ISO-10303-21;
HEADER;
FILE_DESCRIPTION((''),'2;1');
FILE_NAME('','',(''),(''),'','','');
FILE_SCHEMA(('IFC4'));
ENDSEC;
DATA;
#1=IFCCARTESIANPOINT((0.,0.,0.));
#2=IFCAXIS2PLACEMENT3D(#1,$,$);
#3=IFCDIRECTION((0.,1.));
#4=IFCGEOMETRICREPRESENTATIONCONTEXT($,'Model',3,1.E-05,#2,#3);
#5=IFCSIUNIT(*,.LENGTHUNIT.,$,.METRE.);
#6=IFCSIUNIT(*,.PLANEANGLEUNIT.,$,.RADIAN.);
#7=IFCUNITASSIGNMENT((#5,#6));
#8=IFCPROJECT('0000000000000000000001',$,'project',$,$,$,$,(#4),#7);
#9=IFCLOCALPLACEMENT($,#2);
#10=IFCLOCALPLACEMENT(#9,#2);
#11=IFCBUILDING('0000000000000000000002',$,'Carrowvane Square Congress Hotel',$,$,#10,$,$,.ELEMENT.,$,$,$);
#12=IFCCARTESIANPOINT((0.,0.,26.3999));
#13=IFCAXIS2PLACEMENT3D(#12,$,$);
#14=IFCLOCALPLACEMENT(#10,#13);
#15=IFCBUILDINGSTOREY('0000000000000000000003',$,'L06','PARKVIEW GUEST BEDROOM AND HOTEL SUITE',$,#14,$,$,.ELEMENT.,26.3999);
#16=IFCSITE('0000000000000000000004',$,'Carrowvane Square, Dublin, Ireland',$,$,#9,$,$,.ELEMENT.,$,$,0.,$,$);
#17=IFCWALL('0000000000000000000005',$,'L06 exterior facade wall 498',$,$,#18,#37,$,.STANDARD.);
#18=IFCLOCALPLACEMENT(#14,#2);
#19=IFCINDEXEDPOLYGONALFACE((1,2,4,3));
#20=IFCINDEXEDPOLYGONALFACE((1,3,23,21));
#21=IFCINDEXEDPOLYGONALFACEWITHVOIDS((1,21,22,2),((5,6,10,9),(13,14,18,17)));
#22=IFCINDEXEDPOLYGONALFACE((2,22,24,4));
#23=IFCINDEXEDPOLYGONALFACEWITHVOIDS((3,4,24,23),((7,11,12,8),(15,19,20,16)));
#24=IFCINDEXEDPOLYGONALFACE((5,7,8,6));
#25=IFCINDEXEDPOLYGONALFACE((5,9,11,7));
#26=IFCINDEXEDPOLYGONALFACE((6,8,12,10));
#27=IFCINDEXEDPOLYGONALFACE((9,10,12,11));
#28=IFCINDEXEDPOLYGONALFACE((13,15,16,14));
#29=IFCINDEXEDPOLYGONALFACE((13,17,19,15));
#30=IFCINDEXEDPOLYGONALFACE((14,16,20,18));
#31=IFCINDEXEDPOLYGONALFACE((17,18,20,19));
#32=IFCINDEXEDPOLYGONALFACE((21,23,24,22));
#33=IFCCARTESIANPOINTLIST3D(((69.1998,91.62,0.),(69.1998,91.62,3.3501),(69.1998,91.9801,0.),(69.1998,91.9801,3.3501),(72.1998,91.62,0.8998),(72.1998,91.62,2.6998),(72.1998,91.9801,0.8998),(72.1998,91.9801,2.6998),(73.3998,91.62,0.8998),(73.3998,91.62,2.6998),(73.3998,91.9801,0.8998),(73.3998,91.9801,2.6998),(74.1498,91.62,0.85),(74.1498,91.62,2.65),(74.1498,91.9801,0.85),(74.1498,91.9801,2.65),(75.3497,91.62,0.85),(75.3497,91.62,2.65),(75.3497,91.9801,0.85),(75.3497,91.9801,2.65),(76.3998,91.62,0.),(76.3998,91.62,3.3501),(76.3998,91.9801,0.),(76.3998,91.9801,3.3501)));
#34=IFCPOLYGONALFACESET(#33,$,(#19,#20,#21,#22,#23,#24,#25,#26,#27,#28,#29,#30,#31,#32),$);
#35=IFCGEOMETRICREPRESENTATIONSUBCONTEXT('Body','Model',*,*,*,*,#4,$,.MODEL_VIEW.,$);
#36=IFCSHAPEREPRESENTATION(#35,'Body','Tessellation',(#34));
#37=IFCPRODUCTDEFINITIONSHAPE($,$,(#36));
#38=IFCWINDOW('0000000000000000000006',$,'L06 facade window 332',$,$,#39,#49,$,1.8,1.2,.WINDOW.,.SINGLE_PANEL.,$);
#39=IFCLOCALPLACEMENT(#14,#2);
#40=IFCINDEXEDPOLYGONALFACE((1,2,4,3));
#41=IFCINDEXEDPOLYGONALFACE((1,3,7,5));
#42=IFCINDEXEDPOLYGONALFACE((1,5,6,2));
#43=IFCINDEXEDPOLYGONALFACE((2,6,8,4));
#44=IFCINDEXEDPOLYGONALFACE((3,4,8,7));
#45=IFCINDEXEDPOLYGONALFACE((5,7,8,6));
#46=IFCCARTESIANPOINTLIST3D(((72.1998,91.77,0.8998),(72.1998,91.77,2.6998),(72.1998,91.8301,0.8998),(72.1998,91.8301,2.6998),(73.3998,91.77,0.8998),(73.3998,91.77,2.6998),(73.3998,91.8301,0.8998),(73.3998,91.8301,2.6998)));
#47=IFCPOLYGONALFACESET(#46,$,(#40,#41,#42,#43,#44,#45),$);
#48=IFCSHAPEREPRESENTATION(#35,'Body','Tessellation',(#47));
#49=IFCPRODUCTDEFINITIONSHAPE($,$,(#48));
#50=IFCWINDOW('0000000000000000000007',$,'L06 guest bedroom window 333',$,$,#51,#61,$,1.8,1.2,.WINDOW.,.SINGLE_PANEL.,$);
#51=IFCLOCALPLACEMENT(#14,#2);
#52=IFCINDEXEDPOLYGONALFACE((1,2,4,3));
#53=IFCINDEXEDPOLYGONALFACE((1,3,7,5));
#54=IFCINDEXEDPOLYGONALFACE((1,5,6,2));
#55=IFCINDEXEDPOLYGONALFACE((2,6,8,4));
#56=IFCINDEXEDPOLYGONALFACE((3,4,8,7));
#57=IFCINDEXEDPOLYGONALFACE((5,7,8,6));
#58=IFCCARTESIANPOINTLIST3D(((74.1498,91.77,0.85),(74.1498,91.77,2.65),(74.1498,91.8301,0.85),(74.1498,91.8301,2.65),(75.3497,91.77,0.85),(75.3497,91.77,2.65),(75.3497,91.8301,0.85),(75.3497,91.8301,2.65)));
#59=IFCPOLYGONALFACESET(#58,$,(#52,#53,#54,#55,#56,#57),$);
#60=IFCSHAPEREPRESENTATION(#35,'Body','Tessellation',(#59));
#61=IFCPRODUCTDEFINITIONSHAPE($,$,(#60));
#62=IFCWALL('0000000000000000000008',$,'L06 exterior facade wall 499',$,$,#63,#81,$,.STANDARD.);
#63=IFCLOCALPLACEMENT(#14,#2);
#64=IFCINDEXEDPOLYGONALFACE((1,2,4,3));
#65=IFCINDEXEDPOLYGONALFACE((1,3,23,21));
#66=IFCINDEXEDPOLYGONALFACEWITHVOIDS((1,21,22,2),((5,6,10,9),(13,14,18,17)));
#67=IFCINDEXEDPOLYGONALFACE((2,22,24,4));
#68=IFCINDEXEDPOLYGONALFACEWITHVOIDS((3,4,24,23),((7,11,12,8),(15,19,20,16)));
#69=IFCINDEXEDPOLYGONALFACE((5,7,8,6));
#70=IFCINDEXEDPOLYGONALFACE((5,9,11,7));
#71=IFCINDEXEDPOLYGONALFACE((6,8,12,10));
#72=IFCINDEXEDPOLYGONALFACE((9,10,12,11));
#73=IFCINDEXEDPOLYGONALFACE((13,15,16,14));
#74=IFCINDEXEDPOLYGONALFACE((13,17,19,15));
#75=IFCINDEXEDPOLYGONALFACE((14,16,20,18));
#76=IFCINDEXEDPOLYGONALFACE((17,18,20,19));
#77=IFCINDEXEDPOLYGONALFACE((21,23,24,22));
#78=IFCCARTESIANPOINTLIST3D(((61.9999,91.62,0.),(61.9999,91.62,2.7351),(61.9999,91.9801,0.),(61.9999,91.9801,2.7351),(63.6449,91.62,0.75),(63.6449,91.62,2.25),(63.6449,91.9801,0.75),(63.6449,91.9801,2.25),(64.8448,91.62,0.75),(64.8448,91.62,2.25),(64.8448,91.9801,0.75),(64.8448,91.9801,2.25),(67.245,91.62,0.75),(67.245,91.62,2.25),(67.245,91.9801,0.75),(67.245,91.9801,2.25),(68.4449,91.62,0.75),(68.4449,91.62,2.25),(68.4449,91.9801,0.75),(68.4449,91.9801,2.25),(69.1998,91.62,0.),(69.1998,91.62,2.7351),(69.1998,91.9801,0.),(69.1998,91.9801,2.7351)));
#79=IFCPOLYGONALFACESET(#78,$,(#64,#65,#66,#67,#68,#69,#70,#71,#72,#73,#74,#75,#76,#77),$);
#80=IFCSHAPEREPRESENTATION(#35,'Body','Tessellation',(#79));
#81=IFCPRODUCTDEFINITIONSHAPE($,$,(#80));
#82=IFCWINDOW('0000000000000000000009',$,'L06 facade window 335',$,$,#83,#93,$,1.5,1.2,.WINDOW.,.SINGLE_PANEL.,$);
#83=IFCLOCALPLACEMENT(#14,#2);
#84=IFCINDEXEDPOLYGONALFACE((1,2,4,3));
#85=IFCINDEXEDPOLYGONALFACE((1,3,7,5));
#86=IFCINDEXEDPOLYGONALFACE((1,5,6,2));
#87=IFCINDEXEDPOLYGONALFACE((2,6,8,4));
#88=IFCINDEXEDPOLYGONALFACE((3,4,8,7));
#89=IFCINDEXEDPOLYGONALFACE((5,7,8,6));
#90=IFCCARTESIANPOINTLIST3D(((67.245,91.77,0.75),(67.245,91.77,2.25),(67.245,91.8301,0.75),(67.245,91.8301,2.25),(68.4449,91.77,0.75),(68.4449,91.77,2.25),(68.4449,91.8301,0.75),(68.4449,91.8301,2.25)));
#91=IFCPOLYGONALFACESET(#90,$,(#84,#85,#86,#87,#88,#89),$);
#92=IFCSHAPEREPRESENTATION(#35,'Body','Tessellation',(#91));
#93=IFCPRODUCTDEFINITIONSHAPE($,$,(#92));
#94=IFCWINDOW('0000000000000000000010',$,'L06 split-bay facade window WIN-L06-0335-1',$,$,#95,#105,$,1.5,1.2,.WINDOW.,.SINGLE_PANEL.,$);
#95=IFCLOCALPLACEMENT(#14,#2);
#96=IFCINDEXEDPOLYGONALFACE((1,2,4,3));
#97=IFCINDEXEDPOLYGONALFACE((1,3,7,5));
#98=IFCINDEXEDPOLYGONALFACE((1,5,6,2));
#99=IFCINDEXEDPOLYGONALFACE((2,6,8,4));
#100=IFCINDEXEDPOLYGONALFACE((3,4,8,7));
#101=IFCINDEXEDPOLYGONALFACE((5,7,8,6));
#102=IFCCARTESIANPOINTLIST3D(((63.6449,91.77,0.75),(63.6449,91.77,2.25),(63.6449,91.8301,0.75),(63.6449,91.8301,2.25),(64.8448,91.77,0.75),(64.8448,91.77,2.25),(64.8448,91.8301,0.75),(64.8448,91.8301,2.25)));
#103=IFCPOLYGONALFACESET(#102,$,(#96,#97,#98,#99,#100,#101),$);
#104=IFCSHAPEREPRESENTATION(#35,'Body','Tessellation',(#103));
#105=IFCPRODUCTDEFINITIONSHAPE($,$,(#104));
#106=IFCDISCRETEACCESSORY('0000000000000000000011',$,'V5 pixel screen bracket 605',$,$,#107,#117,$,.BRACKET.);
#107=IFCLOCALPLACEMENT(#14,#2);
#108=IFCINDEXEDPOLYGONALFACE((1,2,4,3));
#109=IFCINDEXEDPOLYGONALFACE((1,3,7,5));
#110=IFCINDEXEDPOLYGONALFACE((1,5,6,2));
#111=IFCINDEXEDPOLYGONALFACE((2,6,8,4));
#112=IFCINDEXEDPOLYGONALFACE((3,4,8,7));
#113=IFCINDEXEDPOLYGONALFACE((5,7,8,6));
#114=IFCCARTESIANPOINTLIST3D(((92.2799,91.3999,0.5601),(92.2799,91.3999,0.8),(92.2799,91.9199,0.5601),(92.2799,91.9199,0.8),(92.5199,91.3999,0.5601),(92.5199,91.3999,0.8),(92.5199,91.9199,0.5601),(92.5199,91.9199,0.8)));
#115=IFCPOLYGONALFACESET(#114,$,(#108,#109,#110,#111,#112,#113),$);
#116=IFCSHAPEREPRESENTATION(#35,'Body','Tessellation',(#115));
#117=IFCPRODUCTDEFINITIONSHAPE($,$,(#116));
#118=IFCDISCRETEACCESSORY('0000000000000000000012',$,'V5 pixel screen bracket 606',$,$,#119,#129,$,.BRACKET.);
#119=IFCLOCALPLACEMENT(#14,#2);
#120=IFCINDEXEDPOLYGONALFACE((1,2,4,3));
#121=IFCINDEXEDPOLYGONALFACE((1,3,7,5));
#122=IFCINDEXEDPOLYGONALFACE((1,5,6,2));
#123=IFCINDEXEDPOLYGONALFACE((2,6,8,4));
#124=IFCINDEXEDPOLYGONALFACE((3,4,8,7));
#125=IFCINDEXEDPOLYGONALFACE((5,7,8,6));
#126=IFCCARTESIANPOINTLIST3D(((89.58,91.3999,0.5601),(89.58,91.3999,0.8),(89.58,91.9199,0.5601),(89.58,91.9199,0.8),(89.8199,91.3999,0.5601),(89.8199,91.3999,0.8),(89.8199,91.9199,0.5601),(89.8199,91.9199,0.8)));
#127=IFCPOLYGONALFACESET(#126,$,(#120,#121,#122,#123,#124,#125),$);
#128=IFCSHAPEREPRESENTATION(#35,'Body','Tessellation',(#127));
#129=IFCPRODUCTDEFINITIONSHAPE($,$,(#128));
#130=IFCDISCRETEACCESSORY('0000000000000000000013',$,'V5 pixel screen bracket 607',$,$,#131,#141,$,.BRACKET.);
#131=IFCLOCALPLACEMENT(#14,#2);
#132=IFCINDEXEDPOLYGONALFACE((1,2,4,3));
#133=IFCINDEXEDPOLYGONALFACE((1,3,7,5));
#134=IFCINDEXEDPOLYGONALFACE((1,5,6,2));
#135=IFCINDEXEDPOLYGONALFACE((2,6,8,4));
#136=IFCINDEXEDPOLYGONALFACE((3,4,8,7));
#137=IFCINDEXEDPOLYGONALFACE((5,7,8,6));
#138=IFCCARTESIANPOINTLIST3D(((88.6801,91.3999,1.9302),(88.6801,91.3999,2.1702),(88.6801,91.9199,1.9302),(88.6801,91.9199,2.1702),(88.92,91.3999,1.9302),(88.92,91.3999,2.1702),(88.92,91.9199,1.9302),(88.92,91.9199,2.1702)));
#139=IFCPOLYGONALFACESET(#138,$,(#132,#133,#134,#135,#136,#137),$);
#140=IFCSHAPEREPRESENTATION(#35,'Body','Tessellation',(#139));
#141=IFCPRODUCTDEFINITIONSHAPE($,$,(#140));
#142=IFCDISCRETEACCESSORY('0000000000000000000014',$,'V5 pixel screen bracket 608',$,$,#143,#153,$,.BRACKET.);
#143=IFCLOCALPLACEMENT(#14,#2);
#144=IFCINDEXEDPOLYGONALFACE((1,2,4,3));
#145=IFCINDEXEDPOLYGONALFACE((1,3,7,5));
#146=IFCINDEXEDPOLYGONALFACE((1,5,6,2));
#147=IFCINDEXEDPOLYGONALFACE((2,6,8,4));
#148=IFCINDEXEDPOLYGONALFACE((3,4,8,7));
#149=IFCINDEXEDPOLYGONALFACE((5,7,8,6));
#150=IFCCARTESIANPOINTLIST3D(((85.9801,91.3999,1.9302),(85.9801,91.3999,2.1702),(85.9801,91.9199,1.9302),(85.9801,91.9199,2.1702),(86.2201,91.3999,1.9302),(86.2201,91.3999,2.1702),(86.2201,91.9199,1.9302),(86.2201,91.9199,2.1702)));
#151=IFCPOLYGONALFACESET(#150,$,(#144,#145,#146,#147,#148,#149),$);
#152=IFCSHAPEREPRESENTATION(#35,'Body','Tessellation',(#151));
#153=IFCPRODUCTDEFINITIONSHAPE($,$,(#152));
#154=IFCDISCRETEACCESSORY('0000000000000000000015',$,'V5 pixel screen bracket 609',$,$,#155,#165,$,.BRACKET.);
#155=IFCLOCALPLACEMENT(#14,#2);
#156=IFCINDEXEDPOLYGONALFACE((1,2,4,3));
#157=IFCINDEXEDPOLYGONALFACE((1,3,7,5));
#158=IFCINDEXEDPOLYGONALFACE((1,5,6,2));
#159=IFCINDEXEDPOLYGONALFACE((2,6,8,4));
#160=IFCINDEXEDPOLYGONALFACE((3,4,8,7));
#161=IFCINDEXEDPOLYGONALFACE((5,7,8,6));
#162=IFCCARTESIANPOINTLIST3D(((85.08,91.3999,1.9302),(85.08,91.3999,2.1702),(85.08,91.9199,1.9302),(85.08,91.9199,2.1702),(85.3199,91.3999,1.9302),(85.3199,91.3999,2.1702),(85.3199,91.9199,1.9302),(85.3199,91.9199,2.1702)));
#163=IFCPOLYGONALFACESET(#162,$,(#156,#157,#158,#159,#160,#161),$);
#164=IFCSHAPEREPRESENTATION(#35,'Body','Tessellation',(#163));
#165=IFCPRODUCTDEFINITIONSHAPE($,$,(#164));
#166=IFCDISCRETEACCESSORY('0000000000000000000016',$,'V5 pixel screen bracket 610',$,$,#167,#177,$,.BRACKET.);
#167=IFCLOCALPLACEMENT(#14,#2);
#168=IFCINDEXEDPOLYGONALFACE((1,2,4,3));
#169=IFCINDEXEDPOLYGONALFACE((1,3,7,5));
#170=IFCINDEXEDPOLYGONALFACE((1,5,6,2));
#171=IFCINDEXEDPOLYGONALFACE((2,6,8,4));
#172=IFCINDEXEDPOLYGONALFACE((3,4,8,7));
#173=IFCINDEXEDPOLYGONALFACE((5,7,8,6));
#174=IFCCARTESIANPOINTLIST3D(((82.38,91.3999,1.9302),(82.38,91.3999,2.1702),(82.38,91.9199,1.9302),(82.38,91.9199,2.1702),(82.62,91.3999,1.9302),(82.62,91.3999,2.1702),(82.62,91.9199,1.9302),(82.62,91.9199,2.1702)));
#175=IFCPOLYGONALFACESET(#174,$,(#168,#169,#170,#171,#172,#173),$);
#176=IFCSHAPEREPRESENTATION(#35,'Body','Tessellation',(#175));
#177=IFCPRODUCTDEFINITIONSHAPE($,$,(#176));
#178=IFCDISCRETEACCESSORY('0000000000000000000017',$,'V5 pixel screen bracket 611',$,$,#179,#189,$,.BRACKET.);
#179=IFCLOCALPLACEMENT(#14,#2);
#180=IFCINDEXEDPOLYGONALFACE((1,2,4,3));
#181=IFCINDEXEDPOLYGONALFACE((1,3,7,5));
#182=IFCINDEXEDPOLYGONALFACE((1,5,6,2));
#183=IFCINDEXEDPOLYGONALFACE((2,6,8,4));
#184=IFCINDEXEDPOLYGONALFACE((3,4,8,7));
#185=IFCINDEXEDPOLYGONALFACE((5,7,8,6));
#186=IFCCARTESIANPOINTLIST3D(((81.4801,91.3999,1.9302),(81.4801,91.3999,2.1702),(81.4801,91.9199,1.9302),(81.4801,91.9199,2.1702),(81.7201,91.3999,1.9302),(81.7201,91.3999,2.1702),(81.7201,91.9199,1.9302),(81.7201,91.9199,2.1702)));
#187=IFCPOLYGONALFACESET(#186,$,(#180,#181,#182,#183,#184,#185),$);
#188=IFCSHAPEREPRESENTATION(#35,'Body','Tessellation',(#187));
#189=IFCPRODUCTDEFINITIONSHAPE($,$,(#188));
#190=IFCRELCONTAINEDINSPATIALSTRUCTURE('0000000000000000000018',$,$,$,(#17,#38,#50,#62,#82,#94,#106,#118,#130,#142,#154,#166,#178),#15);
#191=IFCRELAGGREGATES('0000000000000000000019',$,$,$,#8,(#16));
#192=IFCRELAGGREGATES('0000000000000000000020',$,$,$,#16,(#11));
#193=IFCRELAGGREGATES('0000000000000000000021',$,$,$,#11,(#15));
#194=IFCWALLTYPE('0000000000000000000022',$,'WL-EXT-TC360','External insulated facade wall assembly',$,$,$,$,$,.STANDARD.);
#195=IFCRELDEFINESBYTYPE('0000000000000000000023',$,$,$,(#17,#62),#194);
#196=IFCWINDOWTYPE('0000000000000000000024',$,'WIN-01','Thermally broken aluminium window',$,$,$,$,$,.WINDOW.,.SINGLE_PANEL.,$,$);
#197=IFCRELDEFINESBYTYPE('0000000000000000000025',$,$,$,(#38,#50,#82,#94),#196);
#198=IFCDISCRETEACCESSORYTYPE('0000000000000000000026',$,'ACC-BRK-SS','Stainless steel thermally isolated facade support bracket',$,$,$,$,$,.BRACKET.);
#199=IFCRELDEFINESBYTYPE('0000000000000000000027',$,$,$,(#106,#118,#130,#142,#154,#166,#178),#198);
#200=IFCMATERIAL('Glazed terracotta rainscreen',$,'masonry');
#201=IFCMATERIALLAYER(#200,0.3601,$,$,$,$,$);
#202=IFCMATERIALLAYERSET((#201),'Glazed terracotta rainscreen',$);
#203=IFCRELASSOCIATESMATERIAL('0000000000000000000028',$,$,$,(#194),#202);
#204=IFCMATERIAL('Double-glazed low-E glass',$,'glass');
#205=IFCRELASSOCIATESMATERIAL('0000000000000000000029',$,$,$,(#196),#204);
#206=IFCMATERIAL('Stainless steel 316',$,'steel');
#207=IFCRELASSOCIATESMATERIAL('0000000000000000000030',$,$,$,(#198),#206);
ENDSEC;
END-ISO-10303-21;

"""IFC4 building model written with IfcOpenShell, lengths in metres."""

from ifc_helpers import new_model, si_unit, direction, frame, frame_2d, origin, origin_2d, place, context, subcontext, project, spatial, rectangle, extrude, material, layer, layer_set, type_object, element, fill, save


model = new_model("IFC4")

# Units and contexts
model_context = context("Model", 3, precision=1e-05, world=origin(), true_north=direction((0.0, 1.0)))
body_context = subcontext(model_context, "Body", "Model", "MODEL_VIEW")
ifc_project = project(units=[si_unit("LENGTHUNIT", "METRE"), si_unit("PLANEANGLEUNIT", "RADIAN")], contexts=[model_context])

# Site, building, storey
site_placement = place(None, origin())
site = spatial("IfcSite", under=ifc_project, at=site_placement, Name="Carrowvane Square, Dublin, Ireland", CompositionType="ELEMENT", RefElevation=0.0)
building_placement = place(site_placement, origin())
building = spatial("IfcBuilding", under=site, at=building_placement, Name="Carrowvane Square Congress Hotel", CompositionType="ELEMENT")
storey_placement = place(building_placement, frame((0.0, 0.0, 26.3999)))
storey = spatial("IfcBuildingStorey", under=building, at=storey_placement, Name="L06", Description="PARKVIEW GUEST BEDROOM AND HOTEL SUITE", CompositionType="ELEMENT", Elevation=26.3999)

# Walls, openings, windows
ifc_material_1 = material(Name="Glazed terracotta rainscreen", Category="masonry")
ifc_layer_1 = layer(ifc_material_1, 0.3601)
ifc_layer_set_1 = layer_set([ifc_layer_1], Name="Glazed terracotta rainscreen")
wall_type = type_object("IfcWallType", Name="WL-EXT-TC360", Description="External insulated facade wall assembly", PredefinedType="STANDARD", material=ifc_layer_set_1)
ifc_material_2 = material(Name="Double-glazed low-E glass", Category="glass")
window_type = type_object("IfcWindowType", Name="WIN-01", Description="Thermally broken aluminium window", PartitioningType="SINGLE_PANEL", PredefinedType="WINDOW", material=ifc_material_2)
wall_1_placement = place(storey_placement, frame((76.3999, 91.8, 0.0), z_axis=(0.0, 0.0, 1.0), x_axis=(-1.0, 0.0, 0.0)))
wall_1 = element("IfcWall", 1, at=wall_1_placement, inside=storey, type_object=wall_type, Name="L06 exterior facade wall 498", PredefinedType="STANDARD", context=body_context, shape_type="SweptSolid", body=[
    extrude(rectangle(XDim=7.2, YDim=0.3601, at=frame_2d((3.6001, 0.0))), origin(), (0.0, 0.0, 1.0), 3.3501),
])
opening_1_placement = place(wall_1_placement, frame((3.0, 0.0, 0.8999)))
opening_1 = element("IfcOpeningElement", 2, at=opening_1_placement, cuts=wall_1, PredefinedType="OPENING", context=body_context, shape_type="SweptSolid", body=[
    extrude(rectangle(XDim=1.2, YDim=1.8, at=frame_2d((0.6001, 0.8999))), frame((0.0, 0.1899, 0.0), z_axis=(0.0, -1.0, 0.0), x_axis=(1.0, 0.0, 0.0)), (0.0, 0.0, 1.0), 0.3801),
])
opening_2_placement = place(wall_1_placement, frame((1.05, 0.0, 0.8501)))
opening_2 = element("IfcOpeningElement", 3, at=opening_2_placement, cuts=wall_1, PredefinedType="OPENING", context=body_context, shape_type="SweptSolid", body=[
    extrude(rectangle(XDim=1.2, YDim=1.8, at=frame_2d((0.6001, 0.8999))), frame((0.0, 0.1899, 0.0), z_axis=(0.0, -1.0, 0.0), x_axis=(1.0, 0.0, 0.0)), (0.0, 0.0, 1.0), 0.3801),
])
window_1_placement = place(opening_1_placement, origin())
window_1 = element("IfcWindow", 4, at=window_1_placement, inside=storey, type_object=window_type, Name="L06 facade window 332", OverallHeight=1.8, OverallWidth=1.2, PartitioningType="SINGLE_PANEL", PredefinedType="WINDOW", context=body_context, shape_type="SweptSolid", body=[
    extrude(rectangle(XDim=1.2, YDim=1.8, at=frame_2d((0.6001, 0.8999))), frame((0.0, 0.03, 0.0), z_axis=(0.0, -1.0, 0.0), x_axis=(1.0, 0.0, 0.0)), (0.0, 0.0, 1.0), 0.0601),
])
fill(opening_1, window_1)
window_2_placement = place(opening_2_placement, origin())
window_2 = element("IfcWindow", 5, at=window_2_placement, inside=storey, type_object=window_type, Name="L06 guest bedroom window 333", OverallHeight=1.8, OverallWidth=1.2, PartitioningType="SINGLE_PANEL", PredefinedType="WINDOW", context=body_context, shape_type="SweptSolid", body=[
    extrude(rectangle(XDim=1.2, YDim=1.8, at=frame_2d((0.6001, 0.8999))), frame((0.0, 0.03, 0.0), z_axis=(0.0, -1.0, 0.0), x_axis=(1.0, 0.0, 0.0)), (0.0, 0.0, 1.0), 0.0601),
])
fill(opening_2, window_2)
wall_2_placement = place(storey_placement, frame((69.2, 91.8, 0.0), z_axis=(0.0, 0.0, 1.0), x_axis=(-1.0, 0.0, 0.0)))
wall_2 = element("IfcWall", 6, at=wall_2_placement, inside=storey, type_object=wall_type, Name="L06 exterior facade wall 499", PredefinedType="STANDARD", context=body_context, shape_type="SweptSolid", body=[
    extrude(rectangle(XDim=7.2, YDim=0.3601, at=frame_2d((3.6001, 0.0))), origin(), (0.0, 0.0, 1.0), 2.7351),
])
opening_3_placement = place(wall_2_placement, frame((0.7549, 0.0, 0.75)))
opening_3 = element("IfcOpeningElement", 7, at=opening_3_placement, cuts=wall_2, PredefinedType="OPENING", context=body_context, shape_type="SweptSolid", body=[
    extrude(rectangle(XDim=1.2, YDim=1.5, at=frame_2d((0.6001, 0.75))), frame((0.0, 0.1899, 0.0), z_axis=(0.0, -1.0, 0.0), x_axis=(1.0, 0.0, 0.0)), (0.0, 0.0, 1.0), 0.3801),
])
opening_4_placement = place(wall_2_placement, frame((4.355, 0.0, 0.75)))
opening_4 = element("IfcOpeningElement", 8, at=opening_4_placement, cuts=wall_2, PredefinedType="OPENING", context=body_context, shape_type="SweptSolid", body=[
    extrude(rectangle(XDim=1.2, YDim=1.5, at=frame_2d((0.6001, 0.75))), frame((0.0, 0.1899, 0.0), z_axis=(0.0, -1.0, 0.0), x_axis=(1.0, 0.0, 0.0)), (0.0, 0.0, 1.0), 0.3801),
])
window_3_placement = place(opening_3_placement, origin())
window_3 = element("IfcWindow", 9, at=window_3_placement, inside=storey, type_object=window_type, Name="L06 facade window 335", OverallHeight=1.5, OverallWidth=1.2, PartitioningType="SINGLE_PANEL", PredefinedType="WINDOW", context=body_context, shape_type="SweptSolid", body=[
    extrude(rectangle(XDim=1.2, YDim=1.5, at=frame_2d((0.6001, 0.75))), frame((0.0, 0.03, 0.0), z_axis=(0.0, -1.0, 0.0), x_axis=(1.0, 0.0, 0.0)), (0.0, 0.0, 1.0), 0.0601),
])
fill(opening_3, window_3)
window_4_placement = place(opening_4_placement, origin())
window_4 = element("IfcWindow", 10, at=window_4_placement, inside=storey, type_object=window_type, Name="L06 split-bay facade window WIN-L06-0335-1", OverallHeight=1.5, OverallWidth=1.2, PartitioningType="SINGLE_PANEL", PredefinedType="WINDOW", context=body_context, shape_type="SweptSolid", body=[
    extrude(rectangle(XDim=1.2, YDim=1.5, at=frame_2d((0.6001, 0.75))), frame((0.0, 0.03, 0.0), z_axis=(0.0, -1.0, 0.0), x_axis=(1.0, 0.0, 0.0)), (0.0, 0.0, 1.0), 0.0601),
])
fill(opening_4, window_4)

# Discrete accessories
ifc_material_3 = material(Name="Stainless steel 316", Category="steel")
discrete_accessory_type = type_object("IfcDiscreteAccessoryType", Name="ACC-BRK-SS", Description="Stainless steel thermally isolated facade support bracket", PredefinedType="BRACKET", material=ifc_material_3)
for number, where, z_axis, x_axis, name in (
    (11, (92.3999, 91.6599, 0.5601), (0.0, 0.0, 1.0), (-1.0, 0.0, 0.0), "V5 pixel screen bracket 605"),
    (12, (89.7, 91.6599, 0.5601), (0.0, 0.0, 1.0), (-1.0, 0.0, 0.0), "V5 pixel screen bracket 606"),
    (13, (88.8, 91.6599, 1.9302), (0.0, 0.0, 1.0), (-1.0, 0.0, 0.0), "V5 pixel screen bracket 607"),
    (14, (86.1001, 91.6599, 1.9302), (0.0, 0.0, 1.0), (-1.0, 0.0, 0.0), "V5 pixel screen bracket 608"),
    (15, (85.2, 91.6599, 1.9302), (0.0, 0.0, 1.0), (-1.0, 0.0, 0.0), "V5 pixel screen bracket 609"),
    (16, (82.5, 91.6599, 1.9302), (0.0, 0.0, 1.0), (-1.0, 0.0, 0.0), "V5 pixel screen bracket 610"),
    (17, (81.6001, 91.6599, 1.9302), (0.0, 0.0, 1.0), (-1.0, 0.0, 0.0), "V5 pixel screen bracket 611"),
):
    element("IfcDiscreteAccessory", number, at=place(storey_placement, frame(where, z_axis=z_axis, x_axis=x_axis)), inside=storey, type_object=discrete_accessory_type, Name=name, PredefinedType="BRACKET", context=body_context, shape_type="SweptSolid", body=[
        extrude(rectangle(XDim=0.24, YDim=0.52, at=origin_2d()), origin(), (0.0, 0.0, 1.0), 0.24),
    ])

save(model, "model.ifc")
